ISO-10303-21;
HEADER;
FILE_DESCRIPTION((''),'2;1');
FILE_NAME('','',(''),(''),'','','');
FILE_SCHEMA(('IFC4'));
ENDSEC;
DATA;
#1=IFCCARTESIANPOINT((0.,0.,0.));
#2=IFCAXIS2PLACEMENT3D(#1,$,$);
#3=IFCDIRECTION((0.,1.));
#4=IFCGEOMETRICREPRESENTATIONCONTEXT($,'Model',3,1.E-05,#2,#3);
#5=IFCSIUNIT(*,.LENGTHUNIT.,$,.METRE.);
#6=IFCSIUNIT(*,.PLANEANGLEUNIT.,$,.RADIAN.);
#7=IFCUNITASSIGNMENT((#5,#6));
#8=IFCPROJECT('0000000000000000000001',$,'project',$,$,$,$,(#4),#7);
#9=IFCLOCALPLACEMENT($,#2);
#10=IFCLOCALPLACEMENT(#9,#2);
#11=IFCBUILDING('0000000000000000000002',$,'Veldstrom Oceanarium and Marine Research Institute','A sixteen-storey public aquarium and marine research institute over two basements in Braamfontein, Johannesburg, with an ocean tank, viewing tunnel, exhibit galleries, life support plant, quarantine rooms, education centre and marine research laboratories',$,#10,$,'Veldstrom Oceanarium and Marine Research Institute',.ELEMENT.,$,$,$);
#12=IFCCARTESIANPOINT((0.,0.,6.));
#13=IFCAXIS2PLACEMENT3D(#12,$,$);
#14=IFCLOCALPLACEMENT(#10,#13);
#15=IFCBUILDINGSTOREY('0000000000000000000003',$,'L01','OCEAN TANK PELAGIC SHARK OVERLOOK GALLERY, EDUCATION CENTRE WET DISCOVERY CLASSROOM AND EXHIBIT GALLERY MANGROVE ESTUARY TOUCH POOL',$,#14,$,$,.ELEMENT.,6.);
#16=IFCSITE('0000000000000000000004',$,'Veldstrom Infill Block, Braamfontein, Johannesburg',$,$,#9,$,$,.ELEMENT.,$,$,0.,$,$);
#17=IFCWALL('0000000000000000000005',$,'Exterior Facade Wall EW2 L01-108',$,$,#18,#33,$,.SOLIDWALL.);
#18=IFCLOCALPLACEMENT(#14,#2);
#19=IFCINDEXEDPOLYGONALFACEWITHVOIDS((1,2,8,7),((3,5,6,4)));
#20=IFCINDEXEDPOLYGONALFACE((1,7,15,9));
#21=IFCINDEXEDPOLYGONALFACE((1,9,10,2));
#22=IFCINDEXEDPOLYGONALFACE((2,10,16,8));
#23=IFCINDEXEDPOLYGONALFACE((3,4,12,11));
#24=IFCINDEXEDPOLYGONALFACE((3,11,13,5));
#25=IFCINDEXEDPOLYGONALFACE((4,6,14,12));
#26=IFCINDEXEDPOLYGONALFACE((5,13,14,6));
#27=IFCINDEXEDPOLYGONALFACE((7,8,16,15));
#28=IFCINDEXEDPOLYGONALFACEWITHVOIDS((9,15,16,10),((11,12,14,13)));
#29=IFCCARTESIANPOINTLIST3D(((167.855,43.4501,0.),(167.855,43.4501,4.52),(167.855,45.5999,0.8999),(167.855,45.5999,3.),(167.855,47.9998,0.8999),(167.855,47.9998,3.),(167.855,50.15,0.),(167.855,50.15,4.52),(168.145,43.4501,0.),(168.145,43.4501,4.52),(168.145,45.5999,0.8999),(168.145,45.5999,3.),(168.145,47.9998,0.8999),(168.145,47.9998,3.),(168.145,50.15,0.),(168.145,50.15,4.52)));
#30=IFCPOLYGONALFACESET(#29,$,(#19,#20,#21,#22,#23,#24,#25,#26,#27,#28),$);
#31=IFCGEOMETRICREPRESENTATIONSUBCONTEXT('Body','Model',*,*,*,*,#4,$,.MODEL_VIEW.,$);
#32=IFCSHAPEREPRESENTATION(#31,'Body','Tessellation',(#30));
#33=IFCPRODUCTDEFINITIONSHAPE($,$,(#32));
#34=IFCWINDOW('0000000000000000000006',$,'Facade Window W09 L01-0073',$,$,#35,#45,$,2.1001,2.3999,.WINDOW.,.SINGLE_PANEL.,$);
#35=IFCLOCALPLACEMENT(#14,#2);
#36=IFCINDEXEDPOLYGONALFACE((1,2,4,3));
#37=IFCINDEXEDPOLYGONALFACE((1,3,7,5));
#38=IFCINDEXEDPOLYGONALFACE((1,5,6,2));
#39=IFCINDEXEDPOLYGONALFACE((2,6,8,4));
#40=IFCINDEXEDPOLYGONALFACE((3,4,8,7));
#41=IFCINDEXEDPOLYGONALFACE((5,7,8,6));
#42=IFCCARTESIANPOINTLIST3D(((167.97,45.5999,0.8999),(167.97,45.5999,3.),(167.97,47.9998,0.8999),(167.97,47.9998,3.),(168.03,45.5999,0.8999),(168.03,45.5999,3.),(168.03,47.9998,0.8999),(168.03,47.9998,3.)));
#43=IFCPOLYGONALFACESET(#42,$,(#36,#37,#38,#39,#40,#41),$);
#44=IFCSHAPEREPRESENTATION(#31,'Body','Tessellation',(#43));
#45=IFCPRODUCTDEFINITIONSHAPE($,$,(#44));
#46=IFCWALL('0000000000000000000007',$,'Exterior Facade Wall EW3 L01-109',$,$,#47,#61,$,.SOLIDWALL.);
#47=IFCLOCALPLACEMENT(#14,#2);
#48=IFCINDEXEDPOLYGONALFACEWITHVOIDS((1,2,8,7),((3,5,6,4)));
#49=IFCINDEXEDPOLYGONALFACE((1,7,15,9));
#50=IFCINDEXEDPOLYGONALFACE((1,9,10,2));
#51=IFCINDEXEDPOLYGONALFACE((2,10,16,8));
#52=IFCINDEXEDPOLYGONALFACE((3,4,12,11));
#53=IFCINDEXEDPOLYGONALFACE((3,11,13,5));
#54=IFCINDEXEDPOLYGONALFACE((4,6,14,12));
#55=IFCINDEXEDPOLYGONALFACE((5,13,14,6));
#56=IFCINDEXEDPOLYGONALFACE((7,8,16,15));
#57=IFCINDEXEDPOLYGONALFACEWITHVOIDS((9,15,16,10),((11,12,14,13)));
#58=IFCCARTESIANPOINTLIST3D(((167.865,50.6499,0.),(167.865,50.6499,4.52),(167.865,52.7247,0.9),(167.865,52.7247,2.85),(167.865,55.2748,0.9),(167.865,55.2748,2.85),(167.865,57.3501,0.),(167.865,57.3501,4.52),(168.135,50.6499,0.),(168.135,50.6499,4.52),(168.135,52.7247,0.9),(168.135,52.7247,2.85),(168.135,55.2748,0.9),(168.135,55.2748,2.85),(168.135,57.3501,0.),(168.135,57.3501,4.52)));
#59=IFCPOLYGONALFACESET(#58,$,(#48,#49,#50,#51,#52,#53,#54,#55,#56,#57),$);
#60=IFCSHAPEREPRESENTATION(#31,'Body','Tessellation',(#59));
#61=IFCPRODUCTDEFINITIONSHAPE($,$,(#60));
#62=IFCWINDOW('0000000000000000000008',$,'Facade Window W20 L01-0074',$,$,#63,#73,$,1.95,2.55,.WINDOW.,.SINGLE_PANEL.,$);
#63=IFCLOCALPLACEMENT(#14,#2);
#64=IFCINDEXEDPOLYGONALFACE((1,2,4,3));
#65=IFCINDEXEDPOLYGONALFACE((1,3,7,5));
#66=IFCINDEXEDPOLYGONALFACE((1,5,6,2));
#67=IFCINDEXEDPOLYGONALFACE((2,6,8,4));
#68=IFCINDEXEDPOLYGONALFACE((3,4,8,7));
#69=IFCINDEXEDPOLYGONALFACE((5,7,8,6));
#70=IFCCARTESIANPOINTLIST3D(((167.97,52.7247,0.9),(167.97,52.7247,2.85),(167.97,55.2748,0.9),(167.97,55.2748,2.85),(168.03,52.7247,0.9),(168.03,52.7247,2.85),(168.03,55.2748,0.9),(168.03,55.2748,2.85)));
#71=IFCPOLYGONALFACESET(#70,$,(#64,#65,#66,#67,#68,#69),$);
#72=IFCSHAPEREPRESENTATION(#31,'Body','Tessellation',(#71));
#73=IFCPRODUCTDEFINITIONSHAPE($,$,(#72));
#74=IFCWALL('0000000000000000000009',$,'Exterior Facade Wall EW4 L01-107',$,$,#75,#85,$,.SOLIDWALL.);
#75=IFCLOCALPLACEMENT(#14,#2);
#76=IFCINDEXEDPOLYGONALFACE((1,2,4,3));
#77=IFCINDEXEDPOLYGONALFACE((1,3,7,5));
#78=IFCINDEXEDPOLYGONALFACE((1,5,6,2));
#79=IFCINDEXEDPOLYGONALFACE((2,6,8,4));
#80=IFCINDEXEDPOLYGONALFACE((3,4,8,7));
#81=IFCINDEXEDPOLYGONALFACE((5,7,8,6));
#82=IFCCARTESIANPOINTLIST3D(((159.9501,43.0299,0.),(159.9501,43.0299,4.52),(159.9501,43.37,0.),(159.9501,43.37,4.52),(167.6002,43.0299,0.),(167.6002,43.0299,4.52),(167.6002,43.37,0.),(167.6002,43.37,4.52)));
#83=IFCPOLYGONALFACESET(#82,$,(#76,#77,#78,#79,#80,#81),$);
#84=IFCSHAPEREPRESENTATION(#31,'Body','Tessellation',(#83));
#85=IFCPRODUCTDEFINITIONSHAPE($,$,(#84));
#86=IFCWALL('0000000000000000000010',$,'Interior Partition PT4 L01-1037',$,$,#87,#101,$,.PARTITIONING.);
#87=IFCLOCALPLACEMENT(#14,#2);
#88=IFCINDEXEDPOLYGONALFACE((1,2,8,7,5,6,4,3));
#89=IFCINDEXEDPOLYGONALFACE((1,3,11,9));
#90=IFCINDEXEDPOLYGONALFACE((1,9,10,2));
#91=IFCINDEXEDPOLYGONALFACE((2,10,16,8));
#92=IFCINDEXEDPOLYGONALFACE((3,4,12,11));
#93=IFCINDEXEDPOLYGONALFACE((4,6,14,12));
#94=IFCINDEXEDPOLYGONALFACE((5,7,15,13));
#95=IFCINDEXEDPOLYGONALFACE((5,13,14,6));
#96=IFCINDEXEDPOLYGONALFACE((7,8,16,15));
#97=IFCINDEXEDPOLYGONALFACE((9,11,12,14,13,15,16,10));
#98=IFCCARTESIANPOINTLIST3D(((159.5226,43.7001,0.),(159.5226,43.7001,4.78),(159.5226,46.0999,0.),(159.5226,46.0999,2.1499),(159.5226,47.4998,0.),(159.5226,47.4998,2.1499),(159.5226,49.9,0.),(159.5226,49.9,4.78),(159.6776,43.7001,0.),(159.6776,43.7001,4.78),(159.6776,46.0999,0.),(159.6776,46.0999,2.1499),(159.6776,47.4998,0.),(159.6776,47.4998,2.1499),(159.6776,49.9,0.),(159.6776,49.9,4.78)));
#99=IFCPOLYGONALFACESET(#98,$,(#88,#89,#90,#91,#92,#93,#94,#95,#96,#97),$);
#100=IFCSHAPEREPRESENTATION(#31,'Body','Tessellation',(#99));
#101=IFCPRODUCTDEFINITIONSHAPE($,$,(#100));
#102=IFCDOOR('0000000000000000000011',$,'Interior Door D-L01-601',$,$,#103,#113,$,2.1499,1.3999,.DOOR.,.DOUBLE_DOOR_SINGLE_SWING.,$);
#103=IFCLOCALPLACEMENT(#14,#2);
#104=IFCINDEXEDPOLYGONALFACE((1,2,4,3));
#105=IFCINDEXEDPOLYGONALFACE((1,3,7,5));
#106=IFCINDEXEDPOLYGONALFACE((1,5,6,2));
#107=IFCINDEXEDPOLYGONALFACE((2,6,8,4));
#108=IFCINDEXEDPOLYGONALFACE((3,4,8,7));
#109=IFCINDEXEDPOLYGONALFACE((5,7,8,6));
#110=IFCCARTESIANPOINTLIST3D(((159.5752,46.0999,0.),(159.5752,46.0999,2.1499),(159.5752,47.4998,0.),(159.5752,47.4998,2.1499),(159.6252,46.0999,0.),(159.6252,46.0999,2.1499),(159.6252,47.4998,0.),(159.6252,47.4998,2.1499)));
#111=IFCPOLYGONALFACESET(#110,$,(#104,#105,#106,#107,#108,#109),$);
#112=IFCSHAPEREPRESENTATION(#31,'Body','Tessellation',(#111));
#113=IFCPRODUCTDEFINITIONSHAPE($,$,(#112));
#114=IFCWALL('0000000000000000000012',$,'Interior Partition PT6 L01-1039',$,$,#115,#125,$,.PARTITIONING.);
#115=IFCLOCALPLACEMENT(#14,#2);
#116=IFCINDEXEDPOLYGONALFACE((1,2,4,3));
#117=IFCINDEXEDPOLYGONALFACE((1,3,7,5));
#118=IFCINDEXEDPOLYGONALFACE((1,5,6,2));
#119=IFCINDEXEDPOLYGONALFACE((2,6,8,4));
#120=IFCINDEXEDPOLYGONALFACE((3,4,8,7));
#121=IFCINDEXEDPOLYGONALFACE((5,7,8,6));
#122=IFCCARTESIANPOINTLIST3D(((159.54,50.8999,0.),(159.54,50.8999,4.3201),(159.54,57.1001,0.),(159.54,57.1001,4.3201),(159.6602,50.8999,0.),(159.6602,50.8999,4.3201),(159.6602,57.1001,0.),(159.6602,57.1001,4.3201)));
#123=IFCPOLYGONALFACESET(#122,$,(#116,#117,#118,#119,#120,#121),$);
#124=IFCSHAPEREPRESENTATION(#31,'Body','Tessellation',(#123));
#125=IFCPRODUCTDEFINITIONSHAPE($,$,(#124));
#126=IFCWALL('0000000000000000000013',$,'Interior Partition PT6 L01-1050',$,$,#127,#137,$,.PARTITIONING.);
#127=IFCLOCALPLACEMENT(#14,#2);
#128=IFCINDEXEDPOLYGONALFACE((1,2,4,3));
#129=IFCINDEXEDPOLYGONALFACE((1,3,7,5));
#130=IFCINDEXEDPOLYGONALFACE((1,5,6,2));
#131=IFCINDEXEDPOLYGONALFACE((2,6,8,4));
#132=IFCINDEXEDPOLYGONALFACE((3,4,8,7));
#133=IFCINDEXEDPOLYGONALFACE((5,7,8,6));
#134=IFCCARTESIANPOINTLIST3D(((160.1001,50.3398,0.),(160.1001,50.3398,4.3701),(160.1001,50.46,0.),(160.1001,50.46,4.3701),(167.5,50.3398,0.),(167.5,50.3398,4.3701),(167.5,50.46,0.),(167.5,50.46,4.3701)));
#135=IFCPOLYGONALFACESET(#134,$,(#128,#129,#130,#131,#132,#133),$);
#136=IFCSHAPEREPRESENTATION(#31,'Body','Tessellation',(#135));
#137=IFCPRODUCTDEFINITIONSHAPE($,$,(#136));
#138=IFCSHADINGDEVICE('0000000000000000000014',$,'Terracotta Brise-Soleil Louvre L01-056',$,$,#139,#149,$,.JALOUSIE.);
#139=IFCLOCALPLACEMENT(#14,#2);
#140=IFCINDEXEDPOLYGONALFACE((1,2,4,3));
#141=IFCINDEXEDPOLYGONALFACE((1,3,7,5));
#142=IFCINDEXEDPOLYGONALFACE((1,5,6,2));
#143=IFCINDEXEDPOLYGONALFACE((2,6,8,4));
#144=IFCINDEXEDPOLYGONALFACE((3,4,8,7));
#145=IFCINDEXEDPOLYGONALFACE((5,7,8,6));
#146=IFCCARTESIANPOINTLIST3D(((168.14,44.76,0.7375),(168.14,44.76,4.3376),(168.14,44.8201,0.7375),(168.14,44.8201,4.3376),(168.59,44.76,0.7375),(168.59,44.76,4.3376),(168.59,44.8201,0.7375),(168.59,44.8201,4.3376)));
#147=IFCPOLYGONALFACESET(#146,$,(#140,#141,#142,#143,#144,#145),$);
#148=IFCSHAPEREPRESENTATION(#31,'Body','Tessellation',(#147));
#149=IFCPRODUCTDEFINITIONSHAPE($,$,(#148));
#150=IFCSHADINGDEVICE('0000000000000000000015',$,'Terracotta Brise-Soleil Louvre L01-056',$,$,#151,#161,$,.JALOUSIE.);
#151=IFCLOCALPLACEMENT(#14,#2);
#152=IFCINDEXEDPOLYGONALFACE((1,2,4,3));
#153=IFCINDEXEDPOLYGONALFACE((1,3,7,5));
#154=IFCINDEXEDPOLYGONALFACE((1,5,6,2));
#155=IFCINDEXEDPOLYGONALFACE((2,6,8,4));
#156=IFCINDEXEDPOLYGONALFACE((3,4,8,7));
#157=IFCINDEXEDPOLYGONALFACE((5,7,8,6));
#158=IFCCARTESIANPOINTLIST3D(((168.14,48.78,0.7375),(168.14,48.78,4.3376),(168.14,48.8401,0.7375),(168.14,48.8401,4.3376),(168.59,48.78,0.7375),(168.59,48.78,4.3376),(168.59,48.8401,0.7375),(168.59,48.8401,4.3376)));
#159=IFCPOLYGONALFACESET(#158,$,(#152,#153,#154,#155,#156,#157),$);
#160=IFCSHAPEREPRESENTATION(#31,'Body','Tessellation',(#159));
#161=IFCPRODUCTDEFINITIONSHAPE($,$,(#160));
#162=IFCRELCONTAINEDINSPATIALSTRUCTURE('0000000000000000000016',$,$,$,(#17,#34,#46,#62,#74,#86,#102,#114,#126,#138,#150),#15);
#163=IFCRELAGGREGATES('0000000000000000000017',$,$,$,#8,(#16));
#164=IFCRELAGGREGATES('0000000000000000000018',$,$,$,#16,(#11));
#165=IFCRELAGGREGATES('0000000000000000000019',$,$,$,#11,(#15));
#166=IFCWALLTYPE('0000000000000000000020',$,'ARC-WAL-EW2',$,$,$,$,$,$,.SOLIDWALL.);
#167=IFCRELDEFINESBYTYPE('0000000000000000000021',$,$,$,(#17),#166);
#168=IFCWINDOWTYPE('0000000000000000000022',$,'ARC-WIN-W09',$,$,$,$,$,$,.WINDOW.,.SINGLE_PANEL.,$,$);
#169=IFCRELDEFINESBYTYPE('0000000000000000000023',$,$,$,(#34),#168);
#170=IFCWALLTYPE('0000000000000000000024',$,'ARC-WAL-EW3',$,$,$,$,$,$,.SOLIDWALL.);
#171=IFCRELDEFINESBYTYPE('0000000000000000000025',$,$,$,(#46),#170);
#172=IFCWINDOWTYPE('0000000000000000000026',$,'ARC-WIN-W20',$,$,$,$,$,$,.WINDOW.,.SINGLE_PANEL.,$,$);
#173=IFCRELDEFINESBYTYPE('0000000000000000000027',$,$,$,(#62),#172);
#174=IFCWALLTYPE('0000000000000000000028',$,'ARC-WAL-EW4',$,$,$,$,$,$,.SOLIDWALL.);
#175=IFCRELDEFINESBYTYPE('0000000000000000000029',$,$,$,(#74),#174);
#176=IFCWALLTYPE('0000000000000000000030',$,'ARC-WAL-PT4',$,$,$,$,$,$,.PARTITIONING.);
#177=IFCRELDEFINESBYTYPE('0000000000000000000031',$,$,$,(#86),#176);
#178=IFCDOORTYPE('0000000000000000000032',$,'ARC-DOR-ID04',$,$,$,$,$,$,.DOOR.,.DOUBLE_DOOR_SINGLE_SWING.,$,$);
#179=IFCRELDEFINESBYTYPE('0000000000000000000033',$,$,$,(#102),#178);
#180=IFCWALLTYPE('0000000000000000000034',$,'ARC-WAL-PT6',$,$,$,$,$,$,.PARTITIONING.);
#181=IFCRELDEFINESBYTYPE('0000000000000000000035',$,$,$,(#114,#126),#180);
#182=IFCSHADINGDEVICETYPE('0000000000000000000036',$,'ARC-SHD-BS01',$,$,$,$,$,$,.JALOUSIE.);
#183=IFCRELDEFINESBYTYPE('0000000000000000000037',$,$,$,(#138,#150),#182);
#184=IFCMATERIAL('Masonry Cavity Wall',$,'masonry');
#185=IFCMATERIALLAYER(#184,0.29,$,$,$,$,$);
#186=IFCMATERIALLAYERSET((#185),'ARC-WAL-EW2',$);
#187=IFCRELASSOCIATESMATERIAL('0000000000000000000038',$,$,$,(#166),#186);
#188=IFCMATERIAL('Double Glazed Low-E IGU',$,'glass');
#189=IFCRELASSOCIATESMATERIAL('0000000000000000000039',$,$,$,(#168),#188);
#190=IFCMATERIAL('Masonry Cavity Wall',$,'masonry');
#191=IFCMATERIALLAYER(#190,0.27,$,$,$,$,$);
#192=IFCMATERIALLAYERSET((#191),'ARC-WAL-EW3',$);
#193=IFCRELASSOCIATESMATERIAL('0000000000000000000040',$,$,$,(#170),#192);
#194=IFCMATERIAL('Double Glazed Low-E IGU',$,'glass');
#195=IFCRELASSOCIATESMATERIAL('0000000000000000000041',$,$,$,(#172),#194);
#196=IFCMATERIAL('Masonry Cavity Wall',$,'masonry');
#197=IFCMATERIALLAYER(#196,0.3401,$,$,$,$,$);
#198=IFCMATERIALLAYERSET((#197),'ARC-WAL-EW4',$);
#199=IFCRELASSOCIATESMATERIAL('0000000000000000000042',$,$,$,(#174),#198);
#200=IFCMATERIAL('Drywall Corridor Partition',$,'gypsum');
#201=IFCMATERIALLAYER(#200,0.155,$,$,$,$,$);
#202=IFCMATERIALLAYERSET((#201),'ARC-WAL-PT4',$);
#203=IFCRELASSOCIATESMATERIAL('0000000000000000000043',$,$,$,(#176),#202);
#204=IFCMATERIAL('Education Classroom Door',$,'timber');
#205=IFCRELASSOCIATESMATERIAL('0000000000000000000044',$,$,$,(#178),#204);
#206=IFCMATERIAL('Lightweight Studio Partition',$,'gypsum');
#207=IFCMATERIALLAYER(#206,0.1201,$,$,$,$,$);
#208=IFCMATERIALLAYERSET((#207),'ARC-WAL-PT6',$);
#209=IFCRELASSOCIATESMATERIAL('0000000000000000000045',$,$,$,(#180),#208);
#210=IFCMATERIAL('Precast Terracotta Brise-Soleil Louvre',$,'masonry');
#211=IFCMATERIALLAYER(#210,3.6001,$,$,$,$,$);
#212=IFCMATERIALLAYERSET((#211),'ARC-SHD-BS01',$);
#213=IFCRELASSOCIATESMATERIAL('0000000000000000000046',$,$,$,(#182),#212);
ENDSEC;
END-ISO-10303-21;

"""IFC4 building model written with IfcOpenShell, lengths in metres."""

from ifc_helpers import new_model, si_unit, direction, frame, frame_2d, origin, origin_2d, place, context, subcontext, project, spatial, rectangle, extrude, material, layer, layer_set, type_object, element, fill, save


model = new_model("IFC4")

# Units and contexts
model_context = context("Model", 3, precision=1e-05, world=origin(), true_north=direction((0.0, 1.0)))
body_context = subcontext(model_context, "Body", "Model", "MODEL_VIEW")
ifc_project = project(units=[si_unit("LENGTHUNIT", "METRE"), si_unit("PLANEANGLEUNIT", "RADIAN")], contexts=[model_context])

# Site, building, storey
site_placement = place(None, origin())
site = spatial("IfcSite", under=ifc_project, at=site_placement, Name="Veldstrom Infill Block, Braamfontein, Johannesburg", CompositionType="ELEMENT", RefElevation=0.0)
building_placement = place(site_placement, origin())
building = spatial("IfcBuilding", under=site, at=building_placement, Name="Veldstrom Oceanarium and Marine Research Institute", Description="A sixteen-storey public aquarium and marine research institute over two basements in Braamfontein, Johannesburg, with an ocean tank, viewing tunnel, exhibit galleries, life support plant, quarantine rooms, education centre and marine research laboratories", LongName="Veldstrom Oceanarium and Marine Research Institute", CompositionType="ELEMENT")
storey_placement = place(building_placement, frame((0.0, 0.0, 6.0)))
storey = spatial("IfcBuildingStorey", under=building, at=storey_placement, Name="L01", Description="OCEAN TANK PELAGIC SHARK OVERLOOK GALLERY, EDUCATION CENTRE WET DISCOVERY CLASSROOM AND EXHIBIT GALLERY MANGROVE ESTUARY TOUCH POOL", CompositionType="ELEMENT", Elevation=6.0)

# Walls, openings, windows
ifc_material_1 = material(Name="Masonry Cavity Wall", Category="masonry")
ifc_layer_1 = layer(ifc_material_1, 0.29)
ifc_layer_set_1 = layer_set([ifc_layer_1], Name="ARC-WAL-EW2")
wall_type_1 = type_object("IfcWallType", Name="ARC-WAL-EW2", PredefinedType="SOLIDWALL", material=ifc_layer_set_1)
wall_1_placement = place(storey_placement, frame((168.0, 43.45, 0.0), z_axis=(0.0, 0.0, 1.0), x_axis=(0.0, 1.0, 0.0)))
wall_1 = element("IfcWall", 1, at=wall_1_placement, inside=storey, type_object=wall_type_1, Name="Exterior Facade Wall EW2 L01-108", PredefinedType="SOLIDWALL", context=body_context, shape_type="SweptSolid", body=[
    extrude(rectangle(XDim=6.7, YDim=0.29, at=frame_2d((3.3501, 0.0))), origin(), (0.0, 0.0, 1.0), 4.52),
])
opening_1_placement = place(wall_1_placement, frame((2.1499, 0.0, 0.8999)))
opening_1 = element("IfcOpeningElement", 2, at=opening_1_placement, cuts=wall_1, PredefinedType="OPENING", context=body_context, shape_type="SweptSolid", body=[
    extrude(rectangle(XDim=2.3999, YDim=2.1001, at=frame_2d((1.2, 1.05))), frame((0.0, 0.155, 0.0), z_axis=(0.0, -1.0, 0.0), x_axis=(1.0, 0.0, 0.0)), (0.0, 0.0, 1.0), 0.3101),
])
ifc_material_2 = material(Name="Double Glazed Low-E IGU", Category="glass")
window_type_1 = type_object("IfcWindowType", Name="ARC-WIN-W09", PartitioningType="SINGLE_PANEL", PredefinedType="WINDOW", material=ifc_material_2)
window_1_placement = place(opening_1_placement, origin())
window_1 = element("IfcWindow", 3, at=window_1_placement, inside=storey, type_object=window_type_1, Name="Facade Window W09 L01-0073", OverallHeight=2.1001, OverallWidth=2.3999, PartitioningType="SINGLE_PANEL", PredefinedType="WINDOW", context=body_context, shape_type="SweptSolid", body=[
    extrude(rectangle(XDim=2.3999, YDim=2.1001, at=frame_2d((1.2, 1.05))), frame((0.0, 0.03, 0.0), z_axis=(0.0, -1.0, 0.0), x_axis=(1.0, 0.0, 0.0)), (0.0, 0.0, 1.0), 0.0601),
])
fill(opening_1, window_1)
ifc_material_3 = material(Name="Masonry Cavity Wall", Category="masonry")
ifc_layer_2 = layer(ifc_material_3, 0.27)
ifc_layer_set_2 = layer_set([ifc_layer_2], Name="ARC-WAL-EW3")
wall_type_2 = type_object("IfcWallType", Name="ARC-WAL-EW3", PredefinedType="SOLIDWALL", material=ifc_layer_set_2)
wall_2_placement = place(storey_placement, frame((168.0, 50.6499, 0.0), z_axis=(0.0, 0.0, 1.0), x_axis=(0.0, 1.0, 0.0)))
wall_2 = element("IfcWall", 4, at=wall_2_placement, inside=storey, type_object=wall_type_2, Name="Exterior Facade Wall EW3 L01-109", PredefinedType="SOLIDWALL", context=body_context, shape_type="SweptSolid", body=[
    extrude(rectangle(XDim=6.7002, YDim=0.27, at=frame_2d((3.3501, 0.0))), origin(), (0.0, 0.0, 1.0), 4.52),
])
opening_2_placement = place(wall_2_placement, frame((2.075, 0.0, 0.8999)))
opening_2 = element("IfcOpeningElement", 5, at=opening_2_placement, cuts=wall_2, PredefinedType="OPENING", context=body_context, shape_type="SweptSolid", body=[
    extrude(rectangle(XDim=2.55, YDim=1.95, at=frame_2d((1.2749, 0.9751))), frame((0.0, 0.145, 0.0), z_axis=(0.0, -1.0, 0.0), x_axis=(1.0, 0.0, 0.0)), (0.0, 0.0, 1.0), 0.29),
])
ifc_material_4 = material(Name="Double Glazed Low-E IGU", Category="glass")
window_type_2 = type_object("IfcWindowType", Name="ARC-WIN-W20", PartitioningType="SINGLE_PANEL", PredefinedType="WINDOW", material=ifc_material_4)
window_2_placement = place(opening_2_placement, origin())
window_2 = element("IfcWindow", 6, at=window_2_placement, inside=storey, type_object=window_type_2, Name="Facade Window W20 L01-0074", OverallHeight=1.95, OverallWidth=2.55, PartitioningType="SINGLE_PANEL", PredefinedType="WINDOW", context=body_context, shape_type="SweptSolid", body=[
    extrude(rectangle(XDim=2.55, YDim=1.95, at=frame_2d((1.2749, 0.9751))), frame((0.0, 0.03, 0.0), z_axis=(0.0, -1.0, 0.0), x_axis=(1.0, 0.0, 0.0)), (0.0, 0.0, 1.0), 0.0601),
])
fill(opening_2, window_2)

# Wall
ifc_material_5 = material(Name="Masonry Cavity Wall", Category="masonry")
ifc_layer_3 = layer(ifc_material_5, 0.3401)
ifc_layer_set_3 = layer_set([ifc_layer_3], Name="ARC-WAL-EW4")
wall_type_3 = type_object("IfcWallType", Name="ARC-WAL-EW4", PredefinedType="SOLIDWALL", material=ifc_layer_set_3)
wall_3_placement = place(storey_placement, frame((159.95, 43.2, 0.0), z_axis=(0.0, 0.0, 1.0), x_axis=(1.0, 0.0, 0.0)))
element("IfcWall", 7, at=wall_3_placement, inside=storey, type_object=wall_type_3, Name="Exterior Facade Wall EW4 L01-107", PredefinedType="SOLIDWALL", context=body_context, shape_type="SweptSolid", body=[
    extrude(rectangle(XDim=7.6501, YDim=0.3401, at=frame_2d((3.8252, 0.0))), origin(), (0.0, 0.0, 1.0), 4.52),
])

# Wall, opening, door
ifc_material_6 = material(Name="Drywall Corridor Partition", Category="gypsum")
ifc_layer_4 = layer(ifc_material_6, 0.155)
ifc_layer_set_4 = layer_set([ifc_layer_4], Name="ARC-WAL-PT4")
wall_type_4 = type_object("IfcWallType", Name="ARC-WAL-PT4", PredefinedType="PARTITIONING", material=ifc_layer_set_4)
wall_4_placement = place(storey_placement, frame((159.6001, 43.7, 0.0), z_axis=(0.0, 0.0, 1.0), x_axis=(0.0, 1.0, 0.0)))
wall_4 = element("IfcWall", 8, at=wall_4_placement, inside=storey, type_object=wall_type_4, Name="Interior Partition PT4 L01-1037", PredefinedType="PARTITIONING", context=body_context, shape_type="SweptSolid", body=[
    extrude(rectangle(XDim=6.2, YDim=0.155, at=frame_2d((3.1001, 0.0))), origin(), (0.0, 0.0, 1.0), 4.78),
])
opening_3_placement = place(wall_4_placement, frame((2.3999, 0.0, 0.0)))
opening_3 = element("IfcOpeningElement", 9, at=opening_3_placement, cuts=wall_4, PredefinedType="OPENING", context=body_context, shape_type="SweptSolid", body=[
    extrude(rectangle(XDim=1.3999, YDim=2.1499, at=frame_2d((0.7, 1.075))), frame((0.0, 0.0874, 0.0), z_axis=(0.0, -1.0, 0.0), x_axis=(1.0, 0.0, 0.0)), (0.0, 0.0, 1.0), 0.175),
])
ifc_material_7 = material(Name="Education Classroom Door", Category="timber")
door_type = type_object("IfcDoorType", Name="ARC-DOR-ID04", OperationType="DOUBLE_DOOR_SINGLE_SWING", PredefinedType="DOOR", material=ifc_material_7)
door_placement = place(opening_3_placement, origin())
door = element("IfcDoor", 10, at=door_placement, inside=storey, type_object=door_type, Name="Interior Door D-L01-601", OperationType="DOUBLE_DOOR_SINGLE_SWING", OverallHeight=2.1499, OverallWidth=1.3999, PredefinedType="DOOR", context=body_context, shape_type="SweptSolid", body=[
    extrude(rectangle(XDim=1.3999, YDim=2.1499, at=frame_2d((0.7, 1.075))), frame((0.0, 0.0249, 0.0), z_axis=(0.0, -1.0, 0.0), x_axis=(1.0, 0.0, 0.0)), (0.0, 0.0, 1.0), 0.05),
])
fill(opening_3, door)

# Walls
ifc_material_8 = material(Name="Lightweight Studio Partition", Category="gypsum")
ifc_layer_5 = layer(ifc_material_8, 0.1201)
ifc_layer_set_5 = layer_set([ifc_layer_5], Name="ARC-WAL-PT6")
wall_type_5 = type_object("IfcWallType", Name="ARC-WAL-PT6", PredefinedType="PARTITIONING", material=ifc_layer_set_5)
wall_5_placement = place(storey_placement, frame((159.6001, 50.8999, 0.0), z_axis=(0.0, 0.0, 1.0), x_axis=(0.0, 1.0, 0.0)))
element("IfcWall", 11, at=wall_5_placement, inside=storey, type_object=wall_type_5, Name="Interior Partition PT6 L01-1039", PredefinedType="PARTITIONING", context=body_context, shape_type="SweptSolid", body=[
    extrude(rectangle(XDim=6.2002, YDim=0.1201, at=frame_2d((3.1001, 0.0))), origin(), (0.0, 0.0, 1.0), 4.3201),
])
wall_6_placement = place(storey_placement, frame((160.1001, 50.3999, 0.0), z_axis=(0.0, 0.0, 1.0), x_axis=(1.0, 0.0, 0.0)))
element("IfcWall", 12, at=wall_6_placement, inside=storey, type_object=wall_type_5, Name="Interior Partition PT6 L01-1050", PredefinedType="PARTITIONING", context=body_context, shape_type="SweptSolid", body=[
    extrude(rectangle(XDim=7.3999, YDim=0.1201, at=frame_2d((3.7, 0.0))), origin(), (0.0, 0.0, 1.0), 4.3701),
])

# Shading devices
ifc_material_9 = material(Name="Precast Terracotta Brise-Soleil Louvre", Category="masonry")
ifc_layer_6 = layer(ifc_material_9, 3.6001)
ifc_layer_set_6 = layer_set([ifc_layer_6], Name="ARC-SHD-BS01")
shading_device_type_1 = type_object("IfcShadingDeviceType", Name="ARC-SHD-BS01", PredefinedType="JALOUSIE", material=ifc_layer_set_6)
for number, where, z_axis, x_axis, name in (
    (13, (168.365, 44.79, 0.7375), (0.0, 0.0, 1.0), (1.0, 0.0, 0.0), "Terracotta Brise-Soleil Louvre L01-056"),
    (14, (168.365, 48.8101, 0.7375), (0.0, 0.0, 1.0), (1.0, 0.0, 0.0), "Terracotta Brise-Soleil Louvre L01-056"),
):
    element("IfcShadingDevice", number, at=place(storey_placement, frame(where, z_axis=z_axis, x_axis=x_axis)), inside=storey, type_object=shading_device_type_1, Name=name, PredefinedType="JALOUSIE", context=body_context, shape_type="SweptSolid", body=[
        extrude(rectangle(XDim=0.45, YDim=0.0601, at=origin_2d()), origin(), (0.0, 0.0, 1.0), 3.6001),
    ])

save(model, "model.ifc")
